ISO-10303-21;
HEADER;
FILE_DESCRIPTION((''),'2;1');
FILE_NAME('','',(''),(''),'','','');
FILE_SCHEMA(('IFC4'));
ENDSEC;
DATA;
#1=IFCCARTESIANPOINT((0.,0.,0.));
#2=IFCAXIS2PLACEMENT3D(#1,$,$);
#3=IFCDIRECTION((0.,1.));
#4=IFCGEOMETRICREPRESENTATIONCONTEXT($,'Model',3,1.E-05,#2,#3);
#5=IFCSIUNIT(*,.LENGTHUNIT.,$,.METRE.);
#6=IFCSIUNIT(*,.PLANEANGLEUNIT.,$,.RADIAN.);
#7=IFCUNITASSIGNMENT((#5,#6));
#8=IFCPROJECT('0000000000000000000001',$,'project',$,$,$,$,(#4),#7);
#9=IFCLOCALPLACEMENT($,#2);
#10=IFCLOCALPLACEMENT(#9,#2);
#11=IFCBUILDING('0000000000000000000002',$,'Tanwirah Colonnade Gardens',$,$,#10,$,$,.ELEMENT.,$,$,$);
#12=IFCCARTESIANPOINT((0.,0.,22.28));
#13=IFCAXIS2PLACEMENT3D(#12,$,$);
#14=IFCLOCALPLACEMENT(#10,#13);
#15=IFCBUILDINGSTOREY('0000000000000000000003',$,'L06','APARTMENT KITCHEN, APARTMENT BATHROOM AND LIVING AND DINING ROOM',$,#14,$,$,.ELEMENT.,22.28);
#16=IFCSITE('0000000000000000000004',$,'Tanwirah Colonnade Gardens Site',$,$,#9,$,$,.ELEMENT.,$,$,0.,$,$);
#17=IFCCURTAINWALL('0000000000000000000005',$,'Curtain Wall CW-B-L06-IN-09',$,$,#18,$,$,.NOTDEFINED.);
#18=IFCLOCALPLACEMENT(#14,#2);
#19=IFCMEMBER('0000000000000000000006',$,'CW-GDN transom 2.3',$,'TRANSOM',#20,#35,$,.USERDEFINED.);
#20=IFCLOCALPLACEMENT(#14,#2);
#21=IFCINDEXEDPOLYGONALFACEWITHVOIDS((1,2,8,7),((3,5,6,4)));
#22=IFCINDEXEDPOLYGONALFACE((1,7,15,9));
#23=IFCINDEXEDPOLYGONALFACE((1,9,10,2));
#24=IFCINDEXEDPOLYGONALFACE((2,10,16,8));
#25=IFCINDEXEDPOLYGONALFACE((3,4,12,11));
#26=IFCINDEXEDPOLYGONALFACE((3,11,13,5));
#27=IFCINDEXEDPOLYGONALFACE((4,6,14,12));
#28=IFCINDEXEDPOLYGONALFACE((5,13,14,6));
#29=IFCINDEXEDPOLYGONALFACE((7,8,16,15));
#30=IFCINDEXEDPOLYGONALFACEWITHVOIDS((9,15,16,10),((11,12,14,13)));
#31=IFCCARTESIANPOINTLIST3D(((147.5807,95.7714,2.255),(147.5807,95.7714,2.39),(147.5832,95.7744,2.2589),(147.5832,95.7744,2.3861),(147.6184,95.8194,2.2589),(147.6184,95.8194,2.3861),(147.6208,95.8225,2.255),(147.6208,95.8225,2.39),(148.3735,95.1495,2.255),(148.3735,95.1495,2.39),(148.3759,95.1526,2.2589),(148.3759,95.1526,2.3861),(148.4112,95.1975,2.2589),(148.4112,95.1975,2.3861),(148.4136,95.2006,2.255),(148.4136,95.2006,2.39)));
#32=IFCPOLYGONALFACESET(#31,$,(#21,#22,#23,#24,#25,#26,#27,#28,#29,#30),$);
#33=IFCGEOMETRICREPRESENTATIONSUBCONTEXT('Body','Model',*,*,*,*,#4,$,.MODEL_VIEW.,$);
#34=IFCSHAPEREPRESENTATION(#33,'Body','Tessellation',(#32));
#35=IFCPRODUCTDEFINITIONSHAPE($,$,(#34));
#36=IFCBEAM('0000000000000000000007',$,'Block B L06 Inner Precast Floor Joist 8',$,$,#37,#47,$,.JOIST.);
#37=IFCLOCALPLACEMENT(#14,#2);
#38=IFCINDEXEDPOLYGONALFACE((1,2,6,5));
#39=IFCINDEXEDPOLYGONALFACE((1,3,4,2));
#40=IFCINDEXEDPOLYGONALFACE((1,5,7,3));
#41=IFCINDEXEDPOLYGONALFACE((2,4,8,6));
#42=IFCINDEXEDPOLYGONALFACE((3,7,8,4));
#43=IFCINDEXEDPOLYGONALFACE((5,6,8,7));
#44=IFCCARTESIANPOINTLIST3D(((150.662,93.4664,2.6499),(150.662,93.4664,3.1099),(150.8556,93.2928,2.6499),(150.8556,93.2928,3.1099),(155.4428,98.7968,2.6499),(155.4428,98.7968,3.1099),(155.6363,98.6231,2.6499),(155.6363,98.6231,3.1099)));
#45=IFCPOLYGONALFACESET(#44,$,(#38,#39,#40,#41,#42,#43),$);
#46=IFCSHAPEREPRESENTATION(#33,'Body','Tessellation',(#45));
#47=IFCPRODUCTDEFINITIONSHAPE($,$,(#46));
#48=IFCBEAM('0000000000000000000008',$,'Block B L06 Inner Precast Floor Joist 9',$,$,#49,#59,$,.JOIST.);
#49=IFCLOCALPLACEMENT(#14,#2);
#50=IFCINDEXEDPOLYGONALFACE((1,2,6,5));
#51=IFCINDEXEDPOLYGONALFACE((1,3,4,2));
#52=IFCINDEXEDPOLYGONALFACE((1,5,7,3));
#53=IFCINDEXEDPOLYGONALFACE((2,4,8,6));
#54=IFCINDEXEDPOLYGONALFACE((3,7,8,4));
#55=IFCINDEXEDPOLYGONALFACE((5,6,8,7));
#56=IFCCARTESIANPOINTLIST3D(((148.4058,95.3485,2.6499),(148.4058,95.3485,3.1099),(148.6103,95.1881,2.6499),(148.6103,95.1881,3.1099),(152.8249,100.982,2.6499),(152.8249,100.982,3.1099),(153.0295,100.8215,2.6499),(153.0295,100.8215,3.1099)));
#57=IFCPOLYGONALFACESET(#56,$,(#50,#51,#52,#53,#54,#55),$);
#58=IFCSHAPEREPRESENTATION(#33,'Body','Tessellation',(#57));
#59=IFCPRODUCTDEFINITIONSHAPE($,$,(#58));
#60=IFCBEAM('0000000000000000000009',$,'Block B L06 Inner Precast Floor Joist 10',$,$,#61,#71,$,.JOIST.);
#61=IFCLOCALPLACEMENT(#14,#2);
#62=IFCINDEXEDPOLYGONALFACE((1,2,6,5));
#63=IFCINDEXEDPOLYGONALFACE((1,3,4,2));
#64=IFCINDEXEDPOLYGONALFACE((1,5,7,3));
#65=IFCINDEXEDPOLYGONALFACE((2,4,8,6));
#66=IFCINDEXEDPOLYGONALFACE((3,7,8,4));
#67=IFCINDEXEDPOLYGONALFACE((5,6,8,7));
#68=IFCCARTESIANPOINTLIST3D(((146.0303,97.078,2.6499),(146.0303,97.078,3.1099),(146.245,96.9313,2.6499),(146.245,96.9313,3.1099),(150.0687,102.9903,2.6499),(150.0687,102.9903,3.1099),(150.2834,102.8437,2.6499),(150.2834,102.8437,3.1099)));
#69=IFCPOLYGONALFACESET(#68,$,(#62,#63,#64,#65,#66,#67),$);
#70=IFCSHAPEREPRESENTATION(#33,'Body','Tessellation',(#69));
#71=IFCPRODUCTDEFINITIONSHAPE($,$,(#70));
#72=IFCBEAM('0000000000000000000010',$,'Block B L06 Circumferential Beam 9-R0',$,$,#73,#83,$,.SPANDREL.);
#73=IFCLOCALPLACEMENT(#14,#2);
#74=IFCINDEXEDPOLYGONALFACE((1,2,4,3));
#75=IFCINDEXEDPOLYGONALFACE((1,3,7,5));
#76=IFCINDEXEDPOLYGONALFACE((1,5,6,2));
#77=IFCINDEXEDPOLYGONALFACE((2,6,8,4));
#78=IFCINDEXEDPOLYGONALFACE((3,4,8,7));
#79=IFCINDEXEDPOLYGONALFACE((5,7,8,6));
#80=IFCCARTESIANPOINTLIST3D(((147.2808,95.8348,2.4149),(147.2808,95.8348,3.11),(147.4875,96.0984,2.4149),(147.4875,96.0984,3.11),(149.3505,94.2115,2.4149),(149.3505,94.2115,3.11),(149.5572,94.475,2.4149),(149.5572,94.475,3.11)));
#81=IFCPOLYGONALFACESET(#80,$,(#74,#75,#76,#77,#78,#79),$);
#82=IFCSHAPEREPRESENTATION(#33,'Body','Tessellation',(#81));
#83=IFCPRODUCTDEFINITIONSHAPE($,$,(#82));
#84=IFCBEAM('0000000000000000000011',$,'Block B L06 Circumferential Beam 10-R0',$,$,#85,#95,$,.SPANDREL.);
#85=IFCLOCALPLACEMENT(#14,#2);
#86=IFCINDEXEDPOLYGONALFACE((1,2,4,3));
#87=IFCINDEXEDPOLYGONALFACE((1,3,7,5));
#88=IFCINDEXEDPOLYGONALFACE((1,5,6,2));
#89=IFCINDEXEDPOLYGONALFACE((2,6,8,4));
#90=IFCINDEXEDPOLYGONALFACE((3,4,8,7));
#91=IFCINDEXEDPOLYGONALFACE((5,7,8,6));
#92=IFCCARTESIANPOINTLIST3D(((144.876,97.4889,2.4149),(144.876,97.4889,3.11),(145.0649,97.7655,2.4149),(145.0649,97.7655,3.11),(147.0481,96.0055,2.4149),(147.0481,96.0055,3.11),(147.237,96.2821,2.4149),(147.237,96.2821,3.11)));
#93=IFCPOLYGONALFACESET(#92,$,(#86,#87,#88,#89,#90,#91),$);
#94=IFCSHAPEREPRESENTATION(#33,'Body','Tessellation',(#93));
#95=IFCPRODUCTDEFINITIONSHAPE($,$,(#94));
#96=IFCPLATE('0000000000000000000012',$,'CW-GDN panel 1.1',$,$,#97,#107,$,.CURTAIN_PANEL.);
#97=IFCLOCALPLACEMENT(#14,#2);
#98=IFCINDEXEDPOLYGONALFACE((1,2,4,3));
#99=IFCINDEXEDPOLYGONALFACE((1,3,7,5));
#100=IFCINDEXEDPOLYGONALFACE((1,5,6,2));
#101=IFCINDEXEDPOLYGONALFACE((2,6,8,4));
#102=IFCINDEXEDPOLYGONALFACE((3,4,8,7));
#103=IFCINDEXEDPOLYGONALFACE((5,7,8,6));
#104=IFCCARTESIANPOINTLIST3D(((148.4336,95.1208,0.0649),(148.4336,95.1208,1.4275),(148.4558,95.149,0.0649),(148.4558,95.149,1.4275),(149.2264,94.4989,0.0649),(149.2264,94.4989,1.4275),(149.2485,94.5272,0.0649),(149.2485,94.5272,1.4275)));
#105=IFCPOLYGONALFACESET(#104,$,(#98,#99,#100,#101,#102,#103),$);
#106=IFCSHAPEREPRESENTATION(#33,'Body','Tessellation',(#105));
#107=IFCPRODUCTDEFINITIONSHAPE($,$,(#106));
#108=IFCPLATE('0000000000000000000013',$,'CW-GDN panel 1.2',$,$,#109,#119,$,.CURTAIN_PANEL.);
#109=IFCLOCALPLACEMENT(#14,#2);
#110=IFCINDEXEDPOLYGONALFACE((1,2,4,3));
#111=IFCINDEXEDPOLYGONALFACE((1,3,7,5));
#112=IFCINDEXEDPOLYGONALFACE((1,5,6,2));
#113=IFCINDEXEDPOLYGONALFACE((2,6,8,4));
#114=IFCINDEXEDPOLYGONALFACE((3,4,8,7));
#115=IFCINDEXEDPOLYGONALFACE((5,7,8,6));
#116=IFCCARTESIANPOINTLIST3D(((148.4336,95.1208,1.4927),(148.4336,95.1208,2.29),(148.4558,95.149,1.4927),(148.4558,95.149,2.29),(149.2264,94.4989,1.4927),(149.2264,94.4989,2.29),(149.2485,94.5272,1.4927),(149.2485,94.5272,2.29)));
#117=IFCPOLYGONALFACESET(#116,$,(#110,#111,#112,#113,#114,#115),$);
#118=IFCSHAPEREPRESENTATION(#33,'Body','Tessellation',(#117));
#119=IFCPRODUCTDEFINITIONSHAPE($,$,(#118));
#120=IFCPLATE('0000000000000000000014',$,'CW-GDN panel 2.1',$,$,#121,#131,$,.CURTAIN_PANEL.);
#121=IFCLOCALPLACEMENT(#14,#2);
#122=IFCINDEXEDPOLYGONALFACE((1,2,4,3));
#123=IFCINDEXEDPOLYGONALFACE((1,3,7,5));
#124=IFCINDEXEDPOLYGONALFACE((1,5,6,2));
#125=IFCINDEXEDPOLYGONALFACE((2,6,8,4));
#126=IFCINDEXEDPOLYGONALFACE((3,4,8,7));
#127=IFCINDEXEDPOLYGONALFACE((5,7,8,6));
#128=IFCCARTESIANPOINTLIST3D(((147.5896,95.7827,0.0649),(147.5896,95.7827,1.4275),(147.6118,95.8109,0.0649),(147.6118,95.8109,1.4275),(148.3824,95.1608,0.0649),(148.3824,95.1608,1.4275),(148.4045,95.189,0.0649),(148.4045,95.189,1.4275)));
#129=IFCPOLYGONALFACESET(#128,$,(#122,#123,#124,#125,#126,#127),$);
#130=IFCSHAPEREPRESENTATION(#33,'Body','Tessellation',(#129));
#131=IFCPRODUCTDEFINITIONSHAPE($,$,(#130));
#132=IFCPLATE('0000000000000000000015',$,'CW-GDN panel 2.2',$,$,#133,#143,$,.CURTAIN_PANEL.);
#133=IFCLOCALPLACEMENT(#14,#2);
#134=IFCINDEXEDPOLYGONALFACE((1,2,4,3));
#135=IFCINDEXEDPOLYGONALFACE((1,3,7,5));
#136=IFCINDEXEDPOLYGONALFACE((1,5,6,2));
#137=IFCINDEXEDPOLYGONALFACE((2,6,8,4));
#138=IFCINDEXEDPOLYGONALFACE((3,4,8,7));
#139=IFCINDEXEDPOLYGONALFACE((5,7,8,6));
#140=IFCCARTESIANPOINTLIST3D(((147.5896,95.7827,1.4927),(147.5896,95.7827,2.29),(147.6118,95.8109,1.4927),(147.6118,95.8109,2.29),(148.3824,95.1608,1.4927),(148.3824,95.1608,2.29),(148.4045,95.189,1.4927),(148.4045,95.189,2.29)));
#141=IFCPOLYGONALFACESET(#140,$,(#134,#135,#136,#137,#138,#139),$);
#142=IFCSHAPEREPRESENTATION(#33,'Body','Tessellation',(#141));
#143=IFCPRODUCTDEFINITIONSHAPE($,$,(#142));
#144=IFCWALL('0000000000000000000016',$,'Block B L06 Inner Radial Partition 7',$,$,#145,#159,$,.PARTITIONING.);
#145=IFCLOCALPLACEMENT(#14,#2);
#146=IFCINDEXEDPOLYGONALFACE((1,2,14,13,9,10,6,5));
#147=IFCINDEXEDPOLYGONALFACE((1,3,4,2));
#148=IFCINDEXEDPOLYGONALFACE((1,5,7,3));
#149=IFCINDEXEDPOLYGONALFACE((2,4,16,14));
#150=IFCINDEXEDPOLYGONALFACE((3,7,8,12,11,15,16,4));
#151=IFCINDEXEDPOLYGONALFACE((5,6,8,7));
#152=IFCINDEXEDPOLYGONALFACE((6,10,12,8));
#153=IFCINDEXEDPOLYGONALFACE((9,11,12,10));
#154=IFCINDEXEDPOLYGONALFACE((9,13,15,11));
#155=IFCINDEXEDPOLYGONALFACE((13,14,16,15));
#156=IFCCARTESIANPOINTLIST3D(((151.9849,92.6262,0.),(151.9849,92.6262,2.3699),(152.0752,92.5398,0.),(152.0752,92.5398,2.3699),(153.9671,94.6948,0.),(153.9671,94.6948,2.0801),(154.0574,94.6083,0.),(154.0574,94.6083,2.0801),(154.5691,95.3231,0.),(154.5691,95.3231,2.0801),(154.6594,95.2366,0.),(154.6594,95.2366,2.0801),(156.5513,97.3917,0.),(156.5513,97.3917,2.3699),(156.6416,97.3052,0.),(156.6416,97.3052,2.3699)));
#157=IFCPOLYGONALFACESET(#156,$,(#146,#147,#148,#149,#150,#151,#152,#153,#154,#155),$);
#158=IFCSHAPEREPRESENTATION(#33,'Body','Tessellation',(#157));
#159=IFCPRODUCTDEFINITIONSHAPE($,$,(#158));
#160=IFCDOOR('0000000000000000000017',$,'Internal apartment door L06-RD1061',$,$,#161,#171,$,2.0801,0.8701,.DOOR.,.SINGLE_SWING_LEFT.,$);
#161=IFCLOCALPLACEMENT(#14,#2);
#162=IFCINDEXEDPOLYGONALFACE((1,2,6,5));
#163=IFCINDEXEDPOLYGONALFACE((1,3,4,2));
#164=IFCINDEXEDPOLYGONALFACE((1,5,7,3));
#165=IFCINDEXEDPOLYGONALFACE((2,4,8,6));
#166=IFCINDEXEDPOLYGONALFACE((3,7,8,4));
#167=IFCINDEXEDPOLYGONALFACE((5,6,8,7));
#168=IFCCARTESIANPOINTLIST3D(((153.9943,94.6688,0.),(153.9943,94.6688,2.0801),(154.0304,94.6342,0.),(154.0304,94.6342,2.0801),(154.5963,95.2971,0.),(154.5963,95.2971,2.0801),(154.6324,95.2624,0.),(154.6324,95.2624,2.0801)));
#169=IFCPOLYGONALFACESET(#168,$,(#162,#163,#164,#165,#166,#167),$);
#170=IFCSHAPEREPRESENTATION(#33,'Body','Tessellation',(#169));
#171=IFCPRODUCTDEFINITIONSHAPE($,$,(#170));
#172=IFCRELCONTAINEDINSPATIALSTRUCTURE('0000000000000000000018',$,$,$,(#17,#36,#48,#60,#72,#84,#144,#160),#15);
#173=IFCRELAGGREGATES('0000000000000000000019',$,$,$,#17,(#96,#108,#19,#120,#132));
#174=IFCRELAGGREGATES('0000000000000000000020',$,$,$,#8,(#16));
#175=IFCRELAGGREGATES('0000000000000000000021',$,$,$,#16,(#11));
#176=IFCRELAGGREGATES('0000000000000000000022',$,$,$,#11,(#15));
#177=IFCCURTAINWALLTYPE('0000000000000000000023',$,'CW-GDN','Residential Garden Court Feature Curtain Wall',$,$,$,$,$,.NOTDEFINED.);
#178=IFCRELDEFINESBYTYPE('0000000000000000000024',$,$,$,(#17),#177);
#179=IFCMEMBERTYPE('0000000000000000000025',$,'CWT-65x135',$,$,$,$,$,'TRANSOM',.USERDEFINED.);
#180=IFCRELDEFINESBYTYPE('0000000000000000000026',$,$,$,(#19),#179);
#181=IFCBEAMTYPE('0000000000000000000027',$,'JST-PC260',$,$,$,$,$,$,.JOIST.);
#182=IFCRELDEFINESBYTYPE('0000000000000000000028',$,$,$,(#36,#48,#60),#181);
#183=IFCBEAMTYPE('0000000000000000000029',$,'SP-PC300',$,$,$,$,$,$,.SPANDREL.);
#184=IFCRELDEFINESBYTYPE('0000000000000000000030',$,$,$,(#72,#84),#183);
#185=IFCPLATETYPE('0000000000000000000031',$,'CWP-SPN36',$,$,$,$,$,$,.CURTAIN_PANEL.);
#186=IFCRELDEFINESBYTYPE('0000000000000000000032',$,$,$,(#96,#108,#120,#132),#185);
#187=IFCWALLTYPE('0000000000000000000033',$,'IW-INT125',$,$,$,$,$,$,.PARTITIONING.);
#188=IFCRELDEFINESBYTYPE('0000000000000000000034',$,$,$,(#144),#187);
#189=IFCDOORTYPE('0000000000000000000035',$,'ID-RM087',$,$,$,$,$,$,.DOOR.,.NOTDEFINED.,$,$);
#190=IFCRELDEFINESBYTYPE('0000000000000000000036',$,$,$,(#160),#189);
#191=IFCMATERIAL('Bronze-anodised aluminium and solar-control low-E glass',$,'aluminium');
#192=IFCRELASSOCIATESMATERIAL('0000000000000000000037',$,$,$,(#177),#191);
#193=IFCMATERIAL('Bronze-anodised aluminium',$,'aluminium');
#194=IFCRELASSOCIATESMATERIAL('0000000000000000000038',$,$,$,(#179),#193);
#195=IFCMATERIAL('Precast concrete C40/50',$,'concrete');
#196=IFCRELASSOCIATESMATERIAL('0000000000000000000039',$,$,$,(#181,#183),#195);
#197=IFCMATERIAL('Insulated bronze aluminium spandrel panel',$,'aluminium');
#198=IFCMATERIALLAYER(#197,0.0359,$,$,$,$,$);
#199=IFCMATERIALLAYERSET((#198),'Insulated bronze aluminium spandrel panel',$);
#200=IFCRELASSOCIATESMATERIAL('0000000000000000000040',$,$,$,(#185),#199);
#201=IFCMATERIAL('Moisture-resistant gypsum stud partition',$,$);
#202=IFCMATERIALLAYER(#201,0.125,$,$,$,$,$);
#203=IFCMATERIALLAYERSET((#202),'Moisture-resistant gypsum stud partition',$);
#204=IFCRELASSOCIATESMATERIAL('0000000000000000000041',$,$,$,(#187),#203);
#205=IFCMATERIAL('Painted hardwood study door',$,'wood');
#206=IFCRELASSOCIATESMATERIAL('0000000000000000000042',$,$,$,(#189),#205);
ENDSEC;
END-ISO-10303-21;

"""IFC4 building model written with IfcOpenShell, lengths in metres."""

from ifc_helpers import new_model, si_unit, direction, frame, frame_2d, origin, origin_2d, place, context, subcontext, project, spatial, rectangle, hollow_rectangle, extrude, material, layer, layer_set, material_profile, profile_set, type_object, element, fill, aggregate, save


model = new_model("IFC4")

# Units and contexts
model_context = context("Model", 3, precision=1e-05, world=origin(), true_north=direction((0.0, 1.0)))
body_context = subcontext(model_context, "Body", "Model", "MODEL_VIEW")
ifc_project = project(units=[si_unit("LENGTHUNIT", "METRE"), si_unit("PLANEANGLEUNIT", "RADIAN")], contexts=[model_context])

# Site, building, storey
site_placement = place(None, origin())
site = spatial("IfcSite", under=ifc_project, at=site_placement, Name="Tanwirah Colonnade Gardens Site", CompositionType="ELEMENT", RefElevation=0.0)
building_placement = place(site_placement, origin())
building = spatial("IfcBuilding", under=site, at=building_placement, Name="Tanwirah Colonnade Gardens", CompositionType="ELEMENT")
storey_placement = place(building_placement, frame((0.0, 0.0, 22.28)))
storey = spatial("IfcBuildingStorey", under=building, at=storey_placement, Name="L06", Description="APARTMENT KITCHEN, APARTMENT BATHROOM AND LIVING AND DINING ROOM", CompositionType="ELEMENT", Elevation=22.28)

# Shared definitions
ifc_material_1 = material(Name="Precast concrete C40/50", Category="concrete")

# Curtain wall, member
ifc_material_2 = material(Name="Bronze-anodised aluminium and solar-control low-E glass", Category="aluminium")
curtain_wall_type = type_object("IfcCurtainWallType", Name="CW-GDN", Description="Residential Garden Court Feature Curtain Wall", PredefinedType="NOTDEFINED", material=ifc_material_2)
curtain_wall_placement = place(storey_placement, origin())
curtain_wall = element("IfcCurtainWall", 1, at=curtain_wall_placement, inside=storey, type_object=curtain_wall_type, Name="Curtain Wall CW-B-L06-IN-09", PredefinedType="NOTDEFINED")
ifc_material_3 = material(Name="Bronze-anodised aluminium", Category="aluminium")
ifc_material_profile_1 = material_profile(ifc_material_3, hollow_rectangle(XDim=0.0649, YDim=0.135, WallThickness=0.0039, at=origin_2d()), Name="CW-TRN 65x135x4")
ifc_profile_set_1 = profile_set([ifc_material_profile_1], Name="Bronze-anodised aluminium")
member_type_1 = type_object("IfcMemberType", Name="CWT-65x135", ElementType="TRANSOM", PredefinedType="USERDEFINED", material=ifc_profile_set_1)
member_1_placement = place(storey_placement, frame((148.3936, 95.175, 2.3225), z_axis=(-0.786814, 0.61719, 0.0), x_axis=(-0.61719, -0.786814, 0.0)))
member_1 = element("IfcMember", 2, at=member_1_placement, type_object=member_type_1, Name="CW-GDN transom 2.3", ObjectType="TRANSOM", PredefinedType="USERDEFINED", context=body_context, shape_type="SweptSolid", body=[
    extrude(hollow_rectangle(XDim=0.0649, YDim=0.135, WallThickness=0.0039, at=origin_2d()), origin(), (0.0, 0.0, 1.0), 1.0076),
])

# Beams
ifc_material_profile_2 = material_profile(ifc_material_1, rectangle(XDim=0.26, YDim=0.46, at=origin_2d()), Name="PC-JST 260x460")
ifc_profile_set_2 = profile_set([ifc_material_profile_2], Name="Precast concrete C40/50")
beam_type_1 = type_object("IfcBeamType", Name="JST-PC260", PredefinedType="JOIST", material=ifc_profile_set_2)
beam_placement = place(storey_placement, frame((150.7588, 93.3796, 2.8799), z_axis=(0.667688, 0.744441, 0.0), x_axis=(-0.744441, 0.667688, 0.0)))
element("IfcBeam", 3, at=beam_placement, inside=storey, type_object=beam_type_1, Name="Block B L06 Inner Precast Floor Joist 8", PredefinedType="JOIST", context=body_context, shape_type="SweptSolid", body=[
    extrude(rectangle(XDim=0.26, YDim=0.46, at=origin_2d()), origin(), (0.0, 0.0, 1.0), 7.1602),
])
for number, where, z_axis, x_axis, name in (
    (4, (148.5081, 95.2683, 2.8799), (0.617202, 0.786804, 0.0), (-0.786804, 0.617202, 0.0), "Block B L06 Inner Precast Floor Joist 9"),
    (5, (146.1377, 97.0046, 2.8799), (0.564021, 0.82576, 0.0), (-0.82576, 0.564021, 0.0), "Block B L06 Inner Precast Floor Joist 10"),
):
    element("IfcBeam", number, at=place(storey_placement, frame(where, z_axis=z_axis, x_axis=x_axis)), inside=storey, type_object=beam_type_1, Name=name, PredefinedType="JOIST", context=body_context, shape_type="SweptSolid", body=[
        extrude(rectangle(XDim=0.26, YDim=0.46, at=origin_2d()), origin(), (0.0, 0.0, 1.0), 7.1599),
    ])
ifc_material_profile_3 = material_profile(ifc_material_1, rectangle(XDim=0.335, YDim=0.6951, at=origin_2d()), Name="PC-SP 335x695")
ifc_profile_set_3 = profile_set([ifc_material_profile_3], Name="Precast concrete C40/50")
beam_type_2 = type_object("IfcBeamType", Name="SP-PC300", PredefinedType="SPANDREL", material=ifc_profile_set_3)
for number, where, z_axis, x_axis, name in (
    (6, (149.4539, 94.3433, 2.7625), (-0.786837, 0.617161, 0.0), (-0.617161, -0.786837, 0.0), "Block B L06 Circumferential Beam 9-R0"),
    (7, (147.1426, 96.1438, 2.7625), (-0.825801, 0.563962, 0.0), (-0.563962, -0.825801, 0.0), "Block B L06 Circumferential Beam 10-R0"),
):
    element("IfcBeam", number, at=place(storey_placement, frame(where, z_axis=z_axis, x_axis=x_axis)), inside=storey, type_object=beam_type_2, Name=name, PredefinedType="SPANDREL", context=body_context, shape_type="SweptSolid", body=[
        extrude(rectangle(XDim=0.335, YDim=0.6951, at=origin_2d()), origin(), (0.0, 0.0, 1.0), 2.6304),
    ])

# Plates
ifc_material_4 = material(Name="Insulated bronze aluminium spandrel panel", Category="aluminium")
ifc_layer_1 = layer(ifc_material_4, 0.0359)
ifc_layer_set_1 = layer_set([ifc_layer_1], Name="Insulated bronze aluminium spandrel panel")
plate_type = type_object("IfcPlateType", Name="CWP-SPN36", PredefinedType="CURTAIN_PANEL", material=ifc_layer_set_1)
plate_1_placement = place(storey_placement, frame((148.8411, 94.824, 0.0649), z_axis=(0.0, 0.0, 1.0), x_axis=(-0.786815, 0.617189, 0.0)))
plate_1 = element("IfcPlate", 8, at=plate_1_placement, type_object=plate_type, Name="CW-GDN panel 1.1", PredefinedType="CURTAIN_PANEL", context=body_context, shape_type="SweptSolid", body=[
    extrude(rectangle(XDim=1.0076, YDim=0.0359, at=origin_2d()), origin(), (0.0, 0.0, 1.0), 1.3625),
])
plate_2_placement = place(storey_placement, frame((148.8411, 94.824, 1.4927), z_axis=(0.0, 0.0, 1.0), x_axis=(-0.786815, 0.617189, 0.0)))
plate_2 = element("IfcPlate", 9, at=plate_2_placement, type_object=plate_type, Name="CW-GDN panel 1.2", PredefinedType="CURTAIN_PANEL", context=body_context, shape_type="SweptSolid", body=[
    extrude(rectangle(XDim=1.0076, YDim=0.0359, at=origin_2d()), origin(), (0.0, 0.0, 1.0), 0.7974),
])
plate_3_placement = place(storey_placement, frame((147.9971, 95.4858, 0.0649), z_axis=(0.0, 0.0, 1.0), x_axis=(-0.786815, 0.617189, 0.0)))
plate_3 = element("IfcPlate", 10, at=plate_3_placement, type_object=plate_type, Name="CW-GDN panel 2.1", PredefinedType="CURTAIN_PANEL", context=body_context, shape_type="SweptSolid", body=[
    extrude(rectangle(XDim=1.0076, YDim=0.0359, at=origin_2d()), origin(), (0.0, 0.0, 1.0), 1.3625),
])
plate_4_placement = place(storey_placement, frame((147.9971, 95.4858, 1.4927), z_axis=(0.0, 0.0, 1.0), x_axis=(-0.786815, 0.617189, 0.0)))
plate_4 = element("IfcPlate", 11, at=plate_4_placement, type_object=plate_type, Name="CW-GDN panel 2.2", PredefinedType="CURTAIN_PANEL", context=body_context, shape_type="SweptSolid", body=[
    extrude(rectangle(XDim=1.0076, YDim=0.0359, at=origin_2d()), origin(), (0.0, 0.0, 1.0), 0.7974),
])
aggregate(curtain_wall, [plate_1, plate_2, member_1, plate_3, plate_4])

# Wall, opening, door
ifc_material_5 = material(Name="Moisture-resistant gypsum stud partition")
ifc_layer_2 = layer(ifc_material_5, 0.125)
ifc_layer_set_2 = layer_set([ifc_layer_2], Name="Moisture-resistant gypsum stud partition")
wall_type = type_object("IfcWallType", Name="IW-INT125", PredefinedType="PARTITIONING", material=ifc_layer_set_2)
wall_1_placement = place(storey_placement, frame((152.03, 92.583, 0.0), z_axis=(0.0, 0.0, 1.0), x_axis=(0.691872, 0.72202, 0.0)))
wall_1 = element("IfcWall", 12, at=wall_1_placement, inside=storey, type_object=wall_type, Name="Block B L06 Inner Radial Partition 7", PredefinedType="PARTITIONING", context=body_context, shape_type="SweptSolid", body=[
    extrude(rectangle(XDim=6.6001, YDim=0.125, at=frame_2d((3.3, 0.0))), origin(), (0.0, 0.0, 1.0), 2.3699),
])
opening_1_placement = place(wall_1_placement, frame((2.865, 0.0, 0.0)))
opening_1 = element("IfcOpeningElement", 13, at=opening_1_placement, cuts=wall_1, PredefinedType="OPENING", context=body_context, shape_type="SweptSolid", body=[
    extrude(rectangle(XDim=0.8701, YDim=2.0801, at=frame_2d((0.4351, 1.04))), frame((0.0, 0.0725, 0.0), z_axis=(0.0, -1.0, 0.0), x_axis=(1.0, 0.0, 0.0)), (0.0, 0.0, 1.0), 0.145),
])
ifc_material_6 = material(Name="Painted hardwood study door", Category="wood")
door_type_1 = type_object("IfcDoorType", Name="ID-RM087", OperationType="NOTDEFINED", PredefinedType="DOOR", material=ifc_material_6)
door_1_placement = place(opening_1_placement, origin())
door_1 = element("IfcDoor", 14, at=door_1_placement, inside=storey, type_object=door_type_1, Name="Internal apartment door L06-RD1061", OperationType="SINGLE_SWING_LEFT", OverallHeight=2.0801, OverallWidth=0.8701, PredefinedType="DOOR", context=body_context, shape_type="SweptSolid", body=[
    extrude(rectangle(XDim=0.8701, YDim=2.0801, at=frame_2d((0.4351, 1.04))), frame((0.0, 0.0249, 0.0), z_axis=(0.0, -1.0, 0.0), x_axis=(1.0, 0.0, 0.0)), (0.0, 0.0, 1.0), 0.05),
])
fill(opening_1, door_1)

save(model, "model.ifc")
